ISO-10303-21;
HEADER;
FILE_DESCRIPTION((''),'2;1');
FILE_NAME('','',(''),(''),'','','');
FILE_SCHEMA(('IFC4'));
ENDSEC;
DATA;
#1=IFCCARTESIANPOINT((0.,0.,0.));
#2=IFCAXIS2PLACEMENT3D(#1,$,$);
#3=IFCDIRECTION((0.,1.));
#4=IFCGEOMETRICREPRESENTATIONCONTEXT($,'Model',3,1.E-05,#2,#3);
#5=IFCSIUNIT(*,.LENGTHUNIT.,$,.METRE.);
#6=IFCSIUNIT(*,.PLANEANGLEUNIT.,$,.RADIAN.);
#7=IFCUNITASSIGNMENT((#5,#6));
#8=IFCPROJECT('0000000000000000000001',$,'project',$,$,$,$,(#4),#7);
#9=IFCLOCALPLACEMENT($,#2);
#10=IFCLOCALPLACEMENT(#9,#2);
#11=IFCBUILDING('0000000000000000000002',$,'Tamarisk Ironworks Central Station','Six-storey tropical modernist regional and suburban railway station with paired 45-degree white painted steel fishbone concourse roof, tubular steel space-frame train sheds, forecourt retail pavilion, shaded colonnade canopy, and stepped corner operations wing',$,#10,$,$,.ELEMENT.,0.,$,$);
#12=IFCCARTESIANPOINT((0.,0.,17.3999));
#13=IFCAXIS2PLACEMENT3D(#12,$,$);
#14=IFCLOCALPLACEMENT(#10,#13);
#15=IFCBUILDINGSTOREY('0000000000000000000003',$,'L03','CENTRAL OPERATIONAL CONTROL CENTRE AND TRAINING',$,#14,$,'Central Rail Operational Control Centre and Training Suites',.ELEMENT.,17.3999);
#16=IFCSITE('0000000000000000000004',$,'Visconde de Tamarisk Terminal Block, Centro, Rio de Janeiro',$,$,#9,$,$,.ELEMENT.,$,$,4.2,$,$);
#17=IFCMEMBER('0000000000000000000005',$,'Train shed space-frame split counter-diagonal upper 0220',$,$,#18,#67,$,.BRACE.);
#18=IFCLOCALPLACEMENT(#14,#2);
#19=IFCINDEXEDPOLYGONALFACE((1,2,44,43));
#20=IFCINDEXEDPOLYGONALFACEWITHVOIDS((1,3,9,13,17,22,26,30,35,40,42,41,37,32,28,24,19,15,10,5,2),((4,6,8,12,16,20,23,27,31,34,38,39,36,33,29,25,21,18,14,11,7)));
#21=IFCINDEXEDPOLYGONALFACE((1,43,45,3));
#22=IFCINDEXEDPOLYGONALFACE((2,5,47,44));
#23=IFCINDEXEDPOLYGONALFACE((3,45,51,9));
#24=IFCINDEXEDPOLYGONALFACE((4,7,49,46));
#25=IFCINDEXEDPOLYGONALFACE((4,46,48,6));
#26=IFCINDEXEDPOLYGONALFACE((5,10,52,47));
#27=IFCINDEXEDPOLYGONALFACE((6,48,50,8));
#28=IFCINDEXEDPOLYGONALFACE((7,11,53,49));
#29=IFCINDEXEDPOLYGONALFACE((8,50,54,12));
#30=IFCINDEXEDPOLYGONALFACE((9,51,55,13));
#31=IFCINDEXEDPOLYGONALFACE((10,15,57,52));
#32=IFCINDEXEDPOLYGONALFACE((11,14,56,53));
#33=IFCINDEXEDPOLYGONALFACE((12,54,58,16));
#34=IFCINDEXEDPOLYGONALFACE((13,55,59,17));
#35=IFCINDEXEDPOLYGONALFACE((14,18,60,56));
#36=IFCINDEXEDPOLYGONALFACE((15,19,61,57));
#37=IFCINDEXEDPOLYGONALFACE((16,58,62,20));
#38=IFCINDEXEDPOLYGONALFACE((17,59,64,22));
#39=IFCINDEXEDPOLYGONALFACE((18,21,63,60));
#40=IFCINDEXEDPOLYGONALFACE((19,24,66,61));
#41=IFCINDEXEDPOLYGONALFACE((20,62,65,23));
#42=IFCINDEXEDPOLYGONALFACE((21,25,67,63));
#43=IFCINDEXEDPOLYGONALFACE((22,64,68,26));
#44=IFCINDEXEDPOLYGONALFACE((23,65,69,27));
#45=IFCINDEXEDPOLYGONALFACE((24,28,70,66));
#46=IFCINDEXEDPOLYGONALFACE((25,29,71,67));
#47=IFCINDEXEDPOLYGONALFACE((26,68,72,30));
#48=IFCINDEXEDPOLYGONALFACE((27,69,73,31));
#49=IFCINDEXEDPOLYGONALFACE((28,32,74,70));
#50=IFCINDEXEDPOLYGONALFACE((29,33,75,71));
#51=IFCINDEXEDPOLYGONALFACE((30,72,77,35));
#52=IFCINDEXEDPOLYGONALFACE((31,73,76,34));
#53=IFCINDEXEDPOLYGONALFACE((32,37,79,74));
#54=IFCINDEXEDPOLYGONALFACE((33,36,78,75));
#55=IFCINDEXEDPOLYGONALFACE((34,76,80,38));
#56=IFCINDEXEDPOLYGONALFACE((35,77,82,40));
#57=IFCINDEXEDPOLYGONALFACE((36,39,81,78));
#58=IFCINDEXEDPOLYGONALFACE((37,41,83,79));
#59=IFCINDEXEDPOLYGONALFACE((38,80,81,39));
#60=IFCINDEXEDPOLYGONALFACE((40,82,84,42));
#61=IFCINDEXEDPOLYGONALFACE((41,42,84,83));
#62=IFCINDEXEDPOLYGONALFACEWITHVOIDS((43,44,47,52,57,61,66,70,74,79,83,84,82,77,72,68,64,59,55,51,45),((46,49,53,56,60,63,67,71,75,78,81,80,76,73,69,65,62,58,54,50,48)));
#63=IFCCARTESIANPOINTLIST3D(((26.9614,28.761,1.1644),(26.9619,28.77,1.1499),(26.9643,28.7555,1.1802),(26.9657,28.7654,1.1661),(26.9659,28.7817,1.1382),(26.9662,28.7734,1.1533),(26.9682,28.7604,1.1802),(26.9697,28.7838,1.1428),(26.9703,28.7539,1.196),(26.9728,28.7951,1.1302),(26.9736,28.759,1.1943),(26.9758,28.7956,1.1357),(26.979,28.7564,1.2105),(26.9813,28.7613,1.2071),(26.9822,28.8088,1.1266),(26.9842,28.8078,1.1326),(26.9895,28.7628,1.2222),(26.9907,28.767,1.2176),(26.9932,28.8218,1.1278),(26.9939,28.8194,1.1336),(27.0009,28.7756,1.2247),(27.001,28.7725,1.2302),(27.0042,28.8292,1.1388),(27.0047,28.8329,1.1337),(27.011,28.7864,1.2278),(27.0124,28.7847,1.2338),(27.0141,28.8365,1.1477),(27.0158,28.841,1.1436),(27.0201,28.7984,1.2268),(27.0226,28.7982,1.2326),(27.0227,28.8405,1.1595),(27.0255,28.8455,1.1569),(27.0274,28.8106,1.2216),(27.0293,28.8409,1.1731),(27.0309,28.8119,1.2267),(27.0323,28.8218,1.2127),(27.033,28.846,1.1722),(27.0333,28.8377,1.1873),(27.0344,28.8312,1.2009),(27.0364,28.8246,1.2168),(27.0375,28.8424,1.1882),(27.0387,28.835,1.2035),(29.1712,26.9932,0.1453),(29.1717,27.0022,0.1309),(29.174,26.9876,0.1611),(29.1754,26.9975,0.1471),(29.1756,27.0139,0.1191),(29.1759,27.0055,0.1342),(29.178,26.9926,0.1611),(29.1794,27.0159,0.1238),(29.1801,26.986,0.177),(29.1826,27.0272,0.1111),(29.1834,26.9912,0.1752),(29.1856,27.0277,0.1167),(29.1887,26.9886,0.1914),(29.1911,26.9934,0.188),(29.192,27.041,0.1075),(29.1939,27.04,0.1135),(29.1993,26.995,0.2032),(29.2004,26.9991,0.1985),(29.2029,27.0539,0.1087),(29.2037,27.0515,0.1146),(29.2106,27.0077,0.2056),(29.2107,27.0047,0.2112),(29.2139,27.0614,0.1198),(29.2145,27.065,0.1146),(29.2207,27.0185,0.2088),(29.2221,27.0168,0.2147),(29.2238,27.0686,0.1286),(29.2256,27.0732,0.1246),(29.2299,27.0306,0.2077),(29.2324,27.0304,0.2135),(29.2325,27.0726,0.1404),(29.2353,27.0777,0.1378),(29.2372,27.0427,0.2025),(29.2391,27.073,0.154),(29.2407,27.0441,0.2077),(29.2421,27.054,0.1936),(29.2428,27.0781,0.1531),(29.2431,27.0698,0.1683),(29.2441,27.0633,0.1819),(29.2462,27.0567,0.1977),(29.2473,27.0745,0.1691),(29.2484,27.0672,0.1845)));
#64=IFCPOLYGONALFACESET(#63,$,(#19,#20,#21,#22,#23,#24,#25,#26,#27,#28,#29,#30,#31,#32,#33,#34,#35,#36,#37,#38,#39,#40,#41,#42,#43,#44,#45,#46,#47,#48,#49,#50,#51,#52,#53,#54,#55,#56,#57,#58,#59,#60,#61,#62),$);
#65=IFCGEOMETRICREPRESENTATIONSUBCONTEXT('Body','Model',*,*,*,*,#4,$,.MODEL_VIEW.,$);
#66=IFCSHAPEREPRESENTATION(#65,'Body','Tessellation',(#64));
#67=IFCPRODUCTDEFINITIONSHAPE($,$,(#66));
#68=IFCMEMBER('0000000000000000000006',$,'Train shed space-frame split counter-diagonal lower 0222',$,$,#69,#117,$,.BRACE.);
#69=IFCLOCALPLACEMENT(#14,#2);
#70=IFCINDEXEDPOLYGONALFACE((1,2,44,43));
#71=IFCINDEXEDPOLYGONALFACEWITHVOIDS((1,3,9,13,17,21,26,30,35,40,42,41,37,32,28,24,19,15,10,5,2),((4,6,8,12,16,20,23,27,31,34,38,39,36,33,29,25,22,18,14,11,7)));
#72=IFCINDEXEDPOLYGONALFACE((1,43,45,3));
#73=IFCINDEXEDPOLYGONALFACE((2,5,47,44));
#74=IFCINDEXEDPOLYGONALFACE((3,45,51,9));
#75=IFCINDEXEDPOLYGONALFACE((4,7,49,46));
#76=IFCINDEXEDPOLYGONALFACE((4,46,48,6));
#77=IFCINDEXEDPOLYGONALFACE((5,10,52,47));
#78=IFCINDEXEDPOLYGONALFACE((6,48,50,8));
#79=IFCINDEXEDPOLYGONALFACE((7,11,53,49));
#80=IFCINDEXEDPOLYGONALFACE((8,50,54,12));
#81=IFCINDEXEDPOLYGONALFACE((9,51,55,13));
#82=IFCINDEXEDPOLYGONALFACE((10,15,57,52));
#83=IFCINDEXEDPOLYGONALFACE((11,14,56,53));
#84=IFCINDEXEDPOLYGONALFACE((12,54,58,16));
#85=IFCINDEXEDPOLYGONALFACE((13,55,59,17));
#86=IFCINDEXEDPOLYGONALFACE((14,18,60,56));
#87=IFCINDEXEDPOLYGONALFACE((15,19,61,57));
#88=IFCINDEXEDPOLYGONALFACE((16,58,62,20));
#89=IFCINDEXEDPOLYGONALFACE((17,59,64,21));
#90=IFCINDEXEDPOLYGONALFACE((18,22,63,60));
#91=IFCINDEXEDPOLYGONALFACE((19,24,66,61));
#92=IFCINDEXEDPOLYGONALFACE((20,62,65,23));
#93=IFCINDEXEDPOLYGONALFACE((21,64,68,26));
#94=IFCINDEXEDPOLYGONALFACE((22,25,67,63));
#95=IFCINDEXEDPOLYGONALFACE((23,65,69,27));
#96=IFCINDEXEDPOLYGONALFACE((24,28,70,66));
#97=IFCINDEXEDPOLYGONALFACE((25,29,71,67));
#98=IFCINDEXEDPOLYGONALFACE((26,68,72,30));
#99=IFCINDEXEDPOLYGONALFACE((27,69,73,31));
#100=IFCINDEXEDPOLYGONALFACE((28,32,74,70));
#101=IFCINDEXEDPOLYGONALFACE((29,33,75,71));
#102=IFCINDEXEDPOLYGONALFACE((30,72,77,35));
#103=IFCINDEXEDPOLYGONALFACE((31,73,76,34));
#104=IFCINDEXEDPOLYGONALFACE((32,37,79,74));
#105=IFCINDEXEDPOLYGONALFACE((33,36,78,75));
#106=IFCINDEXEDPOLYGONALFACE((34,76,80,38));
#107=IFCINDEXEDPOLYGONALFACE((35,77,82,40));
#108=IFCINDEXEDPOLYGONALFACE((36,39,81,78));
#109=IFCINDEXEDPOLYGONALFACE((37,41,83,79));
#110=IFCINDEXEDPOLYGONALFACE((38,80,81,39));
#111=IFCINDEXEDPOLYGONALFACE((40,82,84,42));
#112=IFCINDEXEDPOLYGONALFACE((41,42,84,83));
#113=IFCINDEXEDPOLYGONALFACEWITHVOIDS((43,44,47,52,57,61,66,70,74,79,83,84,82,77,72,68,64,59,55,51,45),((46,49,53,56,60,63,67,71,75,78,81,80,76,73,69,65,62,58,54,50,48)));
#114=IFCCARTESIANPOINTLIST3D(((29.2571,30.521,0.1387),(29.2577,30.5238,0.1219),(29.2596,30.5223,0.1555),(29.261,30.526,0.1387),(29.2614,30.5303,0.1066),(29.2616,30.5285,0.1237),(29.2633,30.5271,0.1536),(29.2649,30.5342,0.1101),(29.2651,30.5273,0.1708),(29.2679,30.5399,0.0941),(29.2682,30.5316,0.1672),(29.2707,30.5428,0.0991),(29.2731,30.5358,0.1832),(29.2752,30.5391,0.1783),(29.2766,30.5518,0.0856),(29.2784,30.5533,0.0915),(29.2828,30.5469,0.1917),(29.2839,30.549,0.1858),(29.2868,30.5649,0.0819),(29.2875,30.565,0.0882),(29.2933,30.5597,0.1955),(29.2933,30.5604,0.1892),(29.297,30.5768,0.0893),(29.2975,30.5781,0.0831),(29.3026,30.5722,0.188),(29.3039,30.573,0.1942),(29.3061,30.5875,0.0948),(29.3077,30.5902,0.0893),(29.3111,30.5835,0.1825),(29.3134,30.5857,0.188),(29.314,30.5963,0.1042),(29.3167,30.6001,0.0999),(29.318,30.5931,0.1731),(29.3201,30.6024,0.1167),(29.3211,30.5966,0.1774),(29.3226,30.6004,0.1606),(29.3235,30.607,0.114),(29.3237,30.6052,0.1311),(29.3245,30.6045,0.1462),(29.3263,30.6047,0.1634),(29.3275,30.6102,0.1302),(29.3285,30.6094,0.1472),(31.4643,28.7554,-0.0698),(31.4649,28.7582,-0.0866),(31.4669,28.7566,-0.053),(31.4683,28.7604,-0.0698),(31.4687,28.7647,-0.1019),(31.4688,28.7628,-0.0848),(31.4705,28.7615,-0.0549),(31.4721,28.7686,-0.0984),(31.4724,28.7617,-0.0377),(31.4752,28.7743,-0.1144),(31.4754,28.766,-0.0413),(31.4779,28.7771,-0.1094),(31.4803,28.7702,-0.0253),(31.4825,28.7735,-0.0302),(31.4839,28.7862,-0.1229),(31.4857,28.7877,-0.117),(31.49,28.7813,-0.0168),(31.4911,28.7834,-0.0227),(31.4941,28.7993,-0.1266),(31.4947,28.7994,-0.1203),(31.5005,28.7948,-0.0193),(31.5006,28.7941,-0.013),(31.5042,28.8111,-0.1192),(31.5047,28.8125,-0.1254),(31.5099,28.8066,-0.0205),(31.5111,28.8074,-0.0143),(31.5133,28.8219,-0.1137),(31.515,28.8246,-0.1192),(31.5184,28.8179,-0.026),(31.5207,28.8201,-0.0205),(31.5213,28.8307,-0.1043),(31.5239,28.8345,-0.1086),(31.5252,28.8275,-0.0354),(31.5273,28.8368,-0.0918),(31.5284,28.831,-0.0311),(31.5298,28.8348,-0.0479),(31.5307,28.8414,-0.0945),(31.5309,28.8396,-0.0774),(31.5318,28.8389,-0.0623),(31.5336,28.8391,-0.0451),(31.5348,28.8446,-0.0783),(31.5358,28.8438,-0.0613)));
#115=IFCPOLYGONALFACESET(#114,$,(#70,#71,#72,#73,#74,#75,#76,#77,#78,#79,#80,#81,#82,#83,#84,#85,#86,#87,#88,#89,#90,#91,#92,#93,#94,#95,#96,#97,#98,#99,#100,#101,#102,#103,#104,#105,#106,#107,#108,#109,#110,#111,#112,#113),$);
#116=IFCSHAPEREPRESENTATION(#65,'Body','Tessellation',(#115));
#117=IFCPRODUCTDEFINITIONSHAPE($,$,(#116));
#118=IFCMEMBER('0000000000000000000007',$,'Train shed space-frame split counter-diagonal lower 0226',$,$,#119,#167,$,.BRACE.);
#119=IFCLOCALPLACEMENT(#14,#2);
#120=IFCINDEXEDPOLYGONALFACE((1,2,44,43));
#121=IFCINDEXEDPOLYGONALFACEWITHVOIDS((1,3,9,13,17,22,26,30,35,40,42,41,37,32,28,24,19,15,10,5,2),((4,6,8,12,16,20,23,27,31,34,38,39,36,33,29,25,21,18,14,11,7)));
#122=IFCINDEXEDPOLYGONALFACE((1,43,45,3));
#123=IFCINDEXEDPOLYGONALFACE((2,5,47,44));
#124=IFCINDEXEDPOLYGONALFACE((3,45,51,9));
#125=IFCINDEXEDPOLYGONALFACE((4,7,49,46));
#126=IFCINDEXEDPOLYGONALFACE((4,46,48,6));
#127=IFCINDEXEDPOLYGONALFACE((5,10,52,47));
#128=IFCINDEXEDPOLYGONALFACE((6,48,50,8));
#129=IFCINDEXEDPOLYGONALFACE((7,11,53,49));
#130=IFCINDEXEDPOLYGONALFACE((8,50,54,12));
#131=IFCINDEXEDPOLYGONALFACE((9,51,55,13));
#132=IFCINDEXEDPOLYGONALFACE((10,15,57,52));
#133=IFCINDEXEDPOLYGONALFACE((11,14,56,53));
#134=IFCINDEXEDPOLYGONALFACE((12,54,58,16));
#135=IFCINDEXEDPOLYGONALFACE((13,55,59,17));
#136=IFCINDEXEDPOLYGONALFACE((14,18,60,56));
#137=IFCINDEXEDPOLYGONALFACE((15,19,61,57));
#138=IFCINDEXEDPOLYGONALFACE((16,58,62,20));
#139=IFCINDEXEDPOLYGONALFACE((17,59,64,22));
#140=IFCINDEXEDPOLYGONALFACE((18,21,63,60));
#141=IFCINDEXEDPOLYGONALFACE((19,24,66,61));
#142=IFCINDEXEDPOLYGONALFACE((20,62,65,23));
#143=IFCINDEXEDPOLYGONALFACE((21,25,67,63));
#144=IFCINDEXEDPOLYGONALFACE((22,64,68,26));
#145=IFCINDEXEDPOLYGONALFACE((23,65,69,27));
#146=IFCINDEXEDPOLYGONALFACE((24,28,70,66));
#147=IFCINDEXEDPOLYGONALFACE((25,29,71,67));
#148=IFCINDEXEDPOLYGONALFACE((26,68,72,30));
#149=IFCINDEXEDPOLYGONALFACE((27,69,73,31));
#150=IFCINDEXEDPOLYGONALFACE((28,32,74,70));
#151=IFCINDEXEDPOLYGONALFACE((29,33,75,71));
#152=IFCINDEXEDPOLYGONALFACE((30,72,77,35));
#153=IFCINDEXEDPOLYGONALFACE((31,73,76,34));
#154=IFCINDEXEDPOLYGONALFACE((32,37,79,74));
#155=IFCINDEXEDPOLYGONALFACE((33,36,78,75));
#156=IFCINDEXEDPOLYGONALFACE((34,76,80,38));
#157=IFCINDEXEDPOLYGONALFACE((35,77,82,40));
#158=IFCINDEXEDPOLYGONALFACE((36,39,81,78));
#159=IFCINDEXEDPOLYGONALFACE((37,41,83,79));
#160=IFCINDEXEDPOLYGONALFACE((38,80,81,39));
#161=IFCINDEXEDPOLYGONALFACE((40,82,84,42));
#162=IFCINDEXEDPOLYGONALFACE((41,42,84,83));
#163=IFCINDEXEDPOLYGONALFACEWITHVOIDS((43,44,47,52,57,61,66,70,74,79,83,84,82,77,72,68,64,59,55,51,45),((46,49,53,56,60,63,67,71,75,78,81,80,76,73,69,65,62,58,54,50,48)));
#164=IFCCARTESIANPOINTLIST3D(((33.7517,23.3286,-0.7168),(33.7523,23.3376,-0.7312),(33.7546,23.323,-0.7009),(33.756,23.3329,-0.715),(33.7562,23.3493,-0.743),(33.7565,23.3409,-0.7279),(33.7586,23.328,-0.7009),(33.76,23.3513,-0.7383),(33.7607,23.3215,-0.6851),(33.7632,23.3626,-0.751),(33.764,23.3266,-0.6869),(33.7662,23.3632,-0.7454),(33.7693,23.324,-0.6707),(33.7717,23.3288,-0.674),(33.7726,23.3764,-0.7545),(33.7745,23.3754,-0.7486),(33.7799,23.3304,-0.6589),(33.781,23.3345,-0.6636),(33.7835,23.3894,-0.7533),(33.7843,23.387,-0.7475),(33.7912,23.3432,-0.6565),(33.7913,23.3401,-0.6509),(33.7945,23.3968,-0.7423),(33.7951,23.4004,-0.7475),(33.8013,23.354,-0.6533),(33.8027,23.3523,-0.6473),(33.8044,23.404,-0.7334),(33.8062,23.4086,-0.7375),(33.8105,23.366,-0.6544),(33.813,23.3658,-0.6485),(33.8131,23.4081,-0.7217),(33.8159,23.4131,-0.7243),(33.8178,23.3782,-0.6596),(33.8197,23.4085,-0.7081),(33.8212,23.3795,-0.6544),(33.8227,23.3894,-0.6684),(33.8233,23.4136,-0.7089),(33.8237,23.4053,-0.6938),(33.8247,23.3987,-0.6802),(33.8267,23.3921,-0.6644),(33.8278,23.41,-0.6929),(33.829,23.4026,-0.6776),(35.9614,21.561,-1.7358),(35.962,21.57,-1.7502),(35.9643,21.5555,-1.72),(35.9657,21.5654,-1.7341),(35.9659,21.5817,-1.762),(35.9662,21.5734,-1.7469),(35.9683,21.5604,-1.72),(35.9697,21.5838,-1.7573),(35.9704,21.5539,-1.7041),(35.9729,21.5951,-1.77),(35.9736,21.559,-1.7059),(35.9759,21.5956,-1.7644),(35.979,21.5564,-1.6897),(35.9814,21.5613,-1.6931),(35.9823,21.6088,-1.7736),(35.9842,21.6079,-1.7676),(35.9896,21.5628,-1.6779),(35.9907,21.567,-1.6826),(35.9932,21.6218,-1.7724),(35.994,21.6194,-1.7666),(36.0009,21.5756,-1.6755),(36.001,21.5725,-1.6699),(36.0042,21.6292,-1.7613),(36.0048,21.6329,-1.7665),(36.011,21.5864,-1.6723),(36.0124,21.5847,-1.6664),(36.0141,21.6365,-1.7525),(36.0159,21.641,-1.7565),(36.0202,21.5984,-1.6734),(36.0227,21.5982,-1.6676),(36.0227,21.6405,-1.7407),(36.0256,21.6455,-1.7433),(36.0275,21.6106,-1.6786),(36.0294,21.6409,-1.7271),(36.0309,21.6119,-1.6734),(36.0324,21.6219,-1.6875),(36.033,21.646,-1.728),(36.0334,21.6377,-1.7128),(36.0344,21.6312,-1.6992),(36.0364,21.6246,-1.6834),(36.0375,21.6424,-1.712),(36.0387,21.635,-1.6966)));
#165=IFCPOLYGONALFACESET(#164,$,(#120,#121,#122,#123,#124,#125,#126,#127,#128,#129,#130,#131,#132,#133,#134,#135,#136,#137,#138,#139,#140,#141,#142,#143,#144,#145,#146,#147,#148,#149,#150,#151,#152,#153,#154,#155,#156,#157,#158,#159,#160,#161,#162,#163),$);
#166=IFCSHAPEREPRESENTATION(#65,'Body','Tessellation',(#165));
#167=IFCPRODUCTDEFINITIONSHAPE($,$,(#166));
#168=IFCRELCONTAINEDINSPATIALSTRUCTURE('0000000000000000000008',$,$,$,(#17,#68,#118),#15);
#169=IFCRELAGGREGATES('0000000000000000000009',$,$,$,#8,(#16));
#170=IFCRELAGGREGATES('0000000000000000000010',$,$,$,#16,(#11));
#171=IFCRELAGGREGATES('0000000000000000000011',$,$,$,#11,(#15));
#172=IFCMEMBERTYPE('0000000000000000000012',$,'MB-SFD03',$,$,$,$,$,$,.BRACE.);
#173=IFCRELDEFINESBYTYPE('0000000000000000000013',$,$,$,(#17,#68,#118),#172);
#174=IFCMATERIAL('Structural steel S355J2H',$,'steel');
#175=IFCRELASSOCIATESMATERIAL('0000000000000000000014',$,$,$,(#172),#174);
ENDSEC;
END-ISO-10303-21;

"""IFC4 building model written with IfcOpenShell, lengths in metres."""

from ifc_helpers import new_model, si_unit, direction, frame, origin, origin_2d, place, context, subcontext, project, spatial, hollow_circle, extrude, material, material_profile, profile_set, type_object, element, save


model = new_model("IFC4")

# Units and contexts
model_context = context("Model", 3, precision=1e-05, world=origin(), true_north=direction((0.0, 1.0)))
body_context = subcontext(model_context, "Body", "Model", "MODEL_VIEW")
ifc_project = project(units=[si_unit("LENGTHUNIT", "METRE"), si_unit("PLANEANGLEUNIT", "RADIAN")], contexts=[model_context])

# Site, building, storey
site_placement = place(None, origin())
site = spatial("IfcSite", under=ifc_project, at=site_placement, Name="Visconde de Tamarisk Terminal Block, Centro, Rio de Janeiro", CompositionType="ELEMENT", RefElevation=4.2)
building_placement = place(site_placement, origin())
building = spatial("IfcBuilding", under=site, at=building_placement, Name="Tamarisk Ironworks Central Station", Description="Six-storey tropical modernist regional and suburban railway station with paired 45-degree white painted steel fishbone concourse roof, tubular steel space-frame train sheds, forecourt retail pavilion, shaded colonnade canopy, and stepped corner operations wing", CompositionType="ELEMENT", ElevationOfRefHeight=0.0)
storey_placement = place(building_placement, frame((0.0, 0.0, 17.3999)))
storey = spatial("IfcBuildingStorey", under=building, at=storey_placement, Name="L03", Description="CENTRAL OPERATIONAL CONTROL CENTRE AND TRAINING", LongName="Central Rail Operational Control Centre and Training Suites", CompositionType="ELEMENT", Elevation=17.3999)

# Members
ifc_material_1 = material(Name="Structural steel S355J2H", Category="steel")
ifc_material_profile_1 = material_profile(ifc_material_1, hollow_circle(Radius=0.0571, WallThickness=0.0063, at=origin_2d()), Name="CHS 114.3x6.3")
ifc_profile_set_1 = profile_set([ifc_material_profile_1], Name="Structural steel S355J2H")
member_type_1 = type_object("IfcMemberType", Name="MB-SFD03", PredefinedType="BRACE", material=ifc_profile_set_1)
for number, where, z_axis, x_axis, name in (
    (1, (29.2097, 27.0322, 0.1611), (-0.734677, 0.587758, 0.338807), (-0.624706, -0.78086, 0.0), "Train shed space-frame split counter-diagonal upper 0220"),
):
    element("IfcMember", number, at=place(storey_placement, frame(where, z_axis=z_axis, x_axis=x_axis)), inside=storey, type_object=member_type_1, Name=name, PredefinedType="BRACE", context=body_context, shape_type="SweptSolid", body=[
        extrude(hollow_circle(Radius=0.0571, WallThickness=0.0063, at=origin_2d()), origin(), (0.0, 0.0, 1.0), 3.0078),
    ])
member_1_placement = place(storey_placement, frame((31.5, 28.8, -0.0698), z_axis=(-0.778787, 0.62296, 0.073563), x_axis=(-0.624653, -0.780903, 0.0)))
element("IfcMember", 2, at=member_1_placement, inside=storey, type_object=member_type_1, Name="Train shed space-frame split counter-diagonal lower 0222", PredefinedType="BRACE", context=body_context, shape_type="SweptSolid", body=[
    extrude(hollow_circle(Radius=0.0571, WallThickness=0.0063, at=origin_2d()), origin(), (0.0, 0.0, 1.0), 2.8342),
])
for number, where, z_axis, x_axis, name in (
    (3, (36.0, 21.6001, -1.72), (-0.734712, 0.587705, 0.338823), (-0.624653, -0.780902, 0.0), "Train shed space-frame split counter-diagonal lower 0226"),
):
    element("IfcMember", number, at=place(storey_placement, frame(where, z_axis=z_axis, x_axis=x_axis)), inside=storey, type_object=member_type_1, Name=name, PredefinedType="BRACE", context=body_context, shape_type="SweptSolid", body=[
        extrude(hollow_circle(Radius=0.0571, WallThickness=0.0063, at=origin_2d()), origin(), (0.0, 0.0, 1.0), 3.0076),
    ])

save(model, "model.ifc")
